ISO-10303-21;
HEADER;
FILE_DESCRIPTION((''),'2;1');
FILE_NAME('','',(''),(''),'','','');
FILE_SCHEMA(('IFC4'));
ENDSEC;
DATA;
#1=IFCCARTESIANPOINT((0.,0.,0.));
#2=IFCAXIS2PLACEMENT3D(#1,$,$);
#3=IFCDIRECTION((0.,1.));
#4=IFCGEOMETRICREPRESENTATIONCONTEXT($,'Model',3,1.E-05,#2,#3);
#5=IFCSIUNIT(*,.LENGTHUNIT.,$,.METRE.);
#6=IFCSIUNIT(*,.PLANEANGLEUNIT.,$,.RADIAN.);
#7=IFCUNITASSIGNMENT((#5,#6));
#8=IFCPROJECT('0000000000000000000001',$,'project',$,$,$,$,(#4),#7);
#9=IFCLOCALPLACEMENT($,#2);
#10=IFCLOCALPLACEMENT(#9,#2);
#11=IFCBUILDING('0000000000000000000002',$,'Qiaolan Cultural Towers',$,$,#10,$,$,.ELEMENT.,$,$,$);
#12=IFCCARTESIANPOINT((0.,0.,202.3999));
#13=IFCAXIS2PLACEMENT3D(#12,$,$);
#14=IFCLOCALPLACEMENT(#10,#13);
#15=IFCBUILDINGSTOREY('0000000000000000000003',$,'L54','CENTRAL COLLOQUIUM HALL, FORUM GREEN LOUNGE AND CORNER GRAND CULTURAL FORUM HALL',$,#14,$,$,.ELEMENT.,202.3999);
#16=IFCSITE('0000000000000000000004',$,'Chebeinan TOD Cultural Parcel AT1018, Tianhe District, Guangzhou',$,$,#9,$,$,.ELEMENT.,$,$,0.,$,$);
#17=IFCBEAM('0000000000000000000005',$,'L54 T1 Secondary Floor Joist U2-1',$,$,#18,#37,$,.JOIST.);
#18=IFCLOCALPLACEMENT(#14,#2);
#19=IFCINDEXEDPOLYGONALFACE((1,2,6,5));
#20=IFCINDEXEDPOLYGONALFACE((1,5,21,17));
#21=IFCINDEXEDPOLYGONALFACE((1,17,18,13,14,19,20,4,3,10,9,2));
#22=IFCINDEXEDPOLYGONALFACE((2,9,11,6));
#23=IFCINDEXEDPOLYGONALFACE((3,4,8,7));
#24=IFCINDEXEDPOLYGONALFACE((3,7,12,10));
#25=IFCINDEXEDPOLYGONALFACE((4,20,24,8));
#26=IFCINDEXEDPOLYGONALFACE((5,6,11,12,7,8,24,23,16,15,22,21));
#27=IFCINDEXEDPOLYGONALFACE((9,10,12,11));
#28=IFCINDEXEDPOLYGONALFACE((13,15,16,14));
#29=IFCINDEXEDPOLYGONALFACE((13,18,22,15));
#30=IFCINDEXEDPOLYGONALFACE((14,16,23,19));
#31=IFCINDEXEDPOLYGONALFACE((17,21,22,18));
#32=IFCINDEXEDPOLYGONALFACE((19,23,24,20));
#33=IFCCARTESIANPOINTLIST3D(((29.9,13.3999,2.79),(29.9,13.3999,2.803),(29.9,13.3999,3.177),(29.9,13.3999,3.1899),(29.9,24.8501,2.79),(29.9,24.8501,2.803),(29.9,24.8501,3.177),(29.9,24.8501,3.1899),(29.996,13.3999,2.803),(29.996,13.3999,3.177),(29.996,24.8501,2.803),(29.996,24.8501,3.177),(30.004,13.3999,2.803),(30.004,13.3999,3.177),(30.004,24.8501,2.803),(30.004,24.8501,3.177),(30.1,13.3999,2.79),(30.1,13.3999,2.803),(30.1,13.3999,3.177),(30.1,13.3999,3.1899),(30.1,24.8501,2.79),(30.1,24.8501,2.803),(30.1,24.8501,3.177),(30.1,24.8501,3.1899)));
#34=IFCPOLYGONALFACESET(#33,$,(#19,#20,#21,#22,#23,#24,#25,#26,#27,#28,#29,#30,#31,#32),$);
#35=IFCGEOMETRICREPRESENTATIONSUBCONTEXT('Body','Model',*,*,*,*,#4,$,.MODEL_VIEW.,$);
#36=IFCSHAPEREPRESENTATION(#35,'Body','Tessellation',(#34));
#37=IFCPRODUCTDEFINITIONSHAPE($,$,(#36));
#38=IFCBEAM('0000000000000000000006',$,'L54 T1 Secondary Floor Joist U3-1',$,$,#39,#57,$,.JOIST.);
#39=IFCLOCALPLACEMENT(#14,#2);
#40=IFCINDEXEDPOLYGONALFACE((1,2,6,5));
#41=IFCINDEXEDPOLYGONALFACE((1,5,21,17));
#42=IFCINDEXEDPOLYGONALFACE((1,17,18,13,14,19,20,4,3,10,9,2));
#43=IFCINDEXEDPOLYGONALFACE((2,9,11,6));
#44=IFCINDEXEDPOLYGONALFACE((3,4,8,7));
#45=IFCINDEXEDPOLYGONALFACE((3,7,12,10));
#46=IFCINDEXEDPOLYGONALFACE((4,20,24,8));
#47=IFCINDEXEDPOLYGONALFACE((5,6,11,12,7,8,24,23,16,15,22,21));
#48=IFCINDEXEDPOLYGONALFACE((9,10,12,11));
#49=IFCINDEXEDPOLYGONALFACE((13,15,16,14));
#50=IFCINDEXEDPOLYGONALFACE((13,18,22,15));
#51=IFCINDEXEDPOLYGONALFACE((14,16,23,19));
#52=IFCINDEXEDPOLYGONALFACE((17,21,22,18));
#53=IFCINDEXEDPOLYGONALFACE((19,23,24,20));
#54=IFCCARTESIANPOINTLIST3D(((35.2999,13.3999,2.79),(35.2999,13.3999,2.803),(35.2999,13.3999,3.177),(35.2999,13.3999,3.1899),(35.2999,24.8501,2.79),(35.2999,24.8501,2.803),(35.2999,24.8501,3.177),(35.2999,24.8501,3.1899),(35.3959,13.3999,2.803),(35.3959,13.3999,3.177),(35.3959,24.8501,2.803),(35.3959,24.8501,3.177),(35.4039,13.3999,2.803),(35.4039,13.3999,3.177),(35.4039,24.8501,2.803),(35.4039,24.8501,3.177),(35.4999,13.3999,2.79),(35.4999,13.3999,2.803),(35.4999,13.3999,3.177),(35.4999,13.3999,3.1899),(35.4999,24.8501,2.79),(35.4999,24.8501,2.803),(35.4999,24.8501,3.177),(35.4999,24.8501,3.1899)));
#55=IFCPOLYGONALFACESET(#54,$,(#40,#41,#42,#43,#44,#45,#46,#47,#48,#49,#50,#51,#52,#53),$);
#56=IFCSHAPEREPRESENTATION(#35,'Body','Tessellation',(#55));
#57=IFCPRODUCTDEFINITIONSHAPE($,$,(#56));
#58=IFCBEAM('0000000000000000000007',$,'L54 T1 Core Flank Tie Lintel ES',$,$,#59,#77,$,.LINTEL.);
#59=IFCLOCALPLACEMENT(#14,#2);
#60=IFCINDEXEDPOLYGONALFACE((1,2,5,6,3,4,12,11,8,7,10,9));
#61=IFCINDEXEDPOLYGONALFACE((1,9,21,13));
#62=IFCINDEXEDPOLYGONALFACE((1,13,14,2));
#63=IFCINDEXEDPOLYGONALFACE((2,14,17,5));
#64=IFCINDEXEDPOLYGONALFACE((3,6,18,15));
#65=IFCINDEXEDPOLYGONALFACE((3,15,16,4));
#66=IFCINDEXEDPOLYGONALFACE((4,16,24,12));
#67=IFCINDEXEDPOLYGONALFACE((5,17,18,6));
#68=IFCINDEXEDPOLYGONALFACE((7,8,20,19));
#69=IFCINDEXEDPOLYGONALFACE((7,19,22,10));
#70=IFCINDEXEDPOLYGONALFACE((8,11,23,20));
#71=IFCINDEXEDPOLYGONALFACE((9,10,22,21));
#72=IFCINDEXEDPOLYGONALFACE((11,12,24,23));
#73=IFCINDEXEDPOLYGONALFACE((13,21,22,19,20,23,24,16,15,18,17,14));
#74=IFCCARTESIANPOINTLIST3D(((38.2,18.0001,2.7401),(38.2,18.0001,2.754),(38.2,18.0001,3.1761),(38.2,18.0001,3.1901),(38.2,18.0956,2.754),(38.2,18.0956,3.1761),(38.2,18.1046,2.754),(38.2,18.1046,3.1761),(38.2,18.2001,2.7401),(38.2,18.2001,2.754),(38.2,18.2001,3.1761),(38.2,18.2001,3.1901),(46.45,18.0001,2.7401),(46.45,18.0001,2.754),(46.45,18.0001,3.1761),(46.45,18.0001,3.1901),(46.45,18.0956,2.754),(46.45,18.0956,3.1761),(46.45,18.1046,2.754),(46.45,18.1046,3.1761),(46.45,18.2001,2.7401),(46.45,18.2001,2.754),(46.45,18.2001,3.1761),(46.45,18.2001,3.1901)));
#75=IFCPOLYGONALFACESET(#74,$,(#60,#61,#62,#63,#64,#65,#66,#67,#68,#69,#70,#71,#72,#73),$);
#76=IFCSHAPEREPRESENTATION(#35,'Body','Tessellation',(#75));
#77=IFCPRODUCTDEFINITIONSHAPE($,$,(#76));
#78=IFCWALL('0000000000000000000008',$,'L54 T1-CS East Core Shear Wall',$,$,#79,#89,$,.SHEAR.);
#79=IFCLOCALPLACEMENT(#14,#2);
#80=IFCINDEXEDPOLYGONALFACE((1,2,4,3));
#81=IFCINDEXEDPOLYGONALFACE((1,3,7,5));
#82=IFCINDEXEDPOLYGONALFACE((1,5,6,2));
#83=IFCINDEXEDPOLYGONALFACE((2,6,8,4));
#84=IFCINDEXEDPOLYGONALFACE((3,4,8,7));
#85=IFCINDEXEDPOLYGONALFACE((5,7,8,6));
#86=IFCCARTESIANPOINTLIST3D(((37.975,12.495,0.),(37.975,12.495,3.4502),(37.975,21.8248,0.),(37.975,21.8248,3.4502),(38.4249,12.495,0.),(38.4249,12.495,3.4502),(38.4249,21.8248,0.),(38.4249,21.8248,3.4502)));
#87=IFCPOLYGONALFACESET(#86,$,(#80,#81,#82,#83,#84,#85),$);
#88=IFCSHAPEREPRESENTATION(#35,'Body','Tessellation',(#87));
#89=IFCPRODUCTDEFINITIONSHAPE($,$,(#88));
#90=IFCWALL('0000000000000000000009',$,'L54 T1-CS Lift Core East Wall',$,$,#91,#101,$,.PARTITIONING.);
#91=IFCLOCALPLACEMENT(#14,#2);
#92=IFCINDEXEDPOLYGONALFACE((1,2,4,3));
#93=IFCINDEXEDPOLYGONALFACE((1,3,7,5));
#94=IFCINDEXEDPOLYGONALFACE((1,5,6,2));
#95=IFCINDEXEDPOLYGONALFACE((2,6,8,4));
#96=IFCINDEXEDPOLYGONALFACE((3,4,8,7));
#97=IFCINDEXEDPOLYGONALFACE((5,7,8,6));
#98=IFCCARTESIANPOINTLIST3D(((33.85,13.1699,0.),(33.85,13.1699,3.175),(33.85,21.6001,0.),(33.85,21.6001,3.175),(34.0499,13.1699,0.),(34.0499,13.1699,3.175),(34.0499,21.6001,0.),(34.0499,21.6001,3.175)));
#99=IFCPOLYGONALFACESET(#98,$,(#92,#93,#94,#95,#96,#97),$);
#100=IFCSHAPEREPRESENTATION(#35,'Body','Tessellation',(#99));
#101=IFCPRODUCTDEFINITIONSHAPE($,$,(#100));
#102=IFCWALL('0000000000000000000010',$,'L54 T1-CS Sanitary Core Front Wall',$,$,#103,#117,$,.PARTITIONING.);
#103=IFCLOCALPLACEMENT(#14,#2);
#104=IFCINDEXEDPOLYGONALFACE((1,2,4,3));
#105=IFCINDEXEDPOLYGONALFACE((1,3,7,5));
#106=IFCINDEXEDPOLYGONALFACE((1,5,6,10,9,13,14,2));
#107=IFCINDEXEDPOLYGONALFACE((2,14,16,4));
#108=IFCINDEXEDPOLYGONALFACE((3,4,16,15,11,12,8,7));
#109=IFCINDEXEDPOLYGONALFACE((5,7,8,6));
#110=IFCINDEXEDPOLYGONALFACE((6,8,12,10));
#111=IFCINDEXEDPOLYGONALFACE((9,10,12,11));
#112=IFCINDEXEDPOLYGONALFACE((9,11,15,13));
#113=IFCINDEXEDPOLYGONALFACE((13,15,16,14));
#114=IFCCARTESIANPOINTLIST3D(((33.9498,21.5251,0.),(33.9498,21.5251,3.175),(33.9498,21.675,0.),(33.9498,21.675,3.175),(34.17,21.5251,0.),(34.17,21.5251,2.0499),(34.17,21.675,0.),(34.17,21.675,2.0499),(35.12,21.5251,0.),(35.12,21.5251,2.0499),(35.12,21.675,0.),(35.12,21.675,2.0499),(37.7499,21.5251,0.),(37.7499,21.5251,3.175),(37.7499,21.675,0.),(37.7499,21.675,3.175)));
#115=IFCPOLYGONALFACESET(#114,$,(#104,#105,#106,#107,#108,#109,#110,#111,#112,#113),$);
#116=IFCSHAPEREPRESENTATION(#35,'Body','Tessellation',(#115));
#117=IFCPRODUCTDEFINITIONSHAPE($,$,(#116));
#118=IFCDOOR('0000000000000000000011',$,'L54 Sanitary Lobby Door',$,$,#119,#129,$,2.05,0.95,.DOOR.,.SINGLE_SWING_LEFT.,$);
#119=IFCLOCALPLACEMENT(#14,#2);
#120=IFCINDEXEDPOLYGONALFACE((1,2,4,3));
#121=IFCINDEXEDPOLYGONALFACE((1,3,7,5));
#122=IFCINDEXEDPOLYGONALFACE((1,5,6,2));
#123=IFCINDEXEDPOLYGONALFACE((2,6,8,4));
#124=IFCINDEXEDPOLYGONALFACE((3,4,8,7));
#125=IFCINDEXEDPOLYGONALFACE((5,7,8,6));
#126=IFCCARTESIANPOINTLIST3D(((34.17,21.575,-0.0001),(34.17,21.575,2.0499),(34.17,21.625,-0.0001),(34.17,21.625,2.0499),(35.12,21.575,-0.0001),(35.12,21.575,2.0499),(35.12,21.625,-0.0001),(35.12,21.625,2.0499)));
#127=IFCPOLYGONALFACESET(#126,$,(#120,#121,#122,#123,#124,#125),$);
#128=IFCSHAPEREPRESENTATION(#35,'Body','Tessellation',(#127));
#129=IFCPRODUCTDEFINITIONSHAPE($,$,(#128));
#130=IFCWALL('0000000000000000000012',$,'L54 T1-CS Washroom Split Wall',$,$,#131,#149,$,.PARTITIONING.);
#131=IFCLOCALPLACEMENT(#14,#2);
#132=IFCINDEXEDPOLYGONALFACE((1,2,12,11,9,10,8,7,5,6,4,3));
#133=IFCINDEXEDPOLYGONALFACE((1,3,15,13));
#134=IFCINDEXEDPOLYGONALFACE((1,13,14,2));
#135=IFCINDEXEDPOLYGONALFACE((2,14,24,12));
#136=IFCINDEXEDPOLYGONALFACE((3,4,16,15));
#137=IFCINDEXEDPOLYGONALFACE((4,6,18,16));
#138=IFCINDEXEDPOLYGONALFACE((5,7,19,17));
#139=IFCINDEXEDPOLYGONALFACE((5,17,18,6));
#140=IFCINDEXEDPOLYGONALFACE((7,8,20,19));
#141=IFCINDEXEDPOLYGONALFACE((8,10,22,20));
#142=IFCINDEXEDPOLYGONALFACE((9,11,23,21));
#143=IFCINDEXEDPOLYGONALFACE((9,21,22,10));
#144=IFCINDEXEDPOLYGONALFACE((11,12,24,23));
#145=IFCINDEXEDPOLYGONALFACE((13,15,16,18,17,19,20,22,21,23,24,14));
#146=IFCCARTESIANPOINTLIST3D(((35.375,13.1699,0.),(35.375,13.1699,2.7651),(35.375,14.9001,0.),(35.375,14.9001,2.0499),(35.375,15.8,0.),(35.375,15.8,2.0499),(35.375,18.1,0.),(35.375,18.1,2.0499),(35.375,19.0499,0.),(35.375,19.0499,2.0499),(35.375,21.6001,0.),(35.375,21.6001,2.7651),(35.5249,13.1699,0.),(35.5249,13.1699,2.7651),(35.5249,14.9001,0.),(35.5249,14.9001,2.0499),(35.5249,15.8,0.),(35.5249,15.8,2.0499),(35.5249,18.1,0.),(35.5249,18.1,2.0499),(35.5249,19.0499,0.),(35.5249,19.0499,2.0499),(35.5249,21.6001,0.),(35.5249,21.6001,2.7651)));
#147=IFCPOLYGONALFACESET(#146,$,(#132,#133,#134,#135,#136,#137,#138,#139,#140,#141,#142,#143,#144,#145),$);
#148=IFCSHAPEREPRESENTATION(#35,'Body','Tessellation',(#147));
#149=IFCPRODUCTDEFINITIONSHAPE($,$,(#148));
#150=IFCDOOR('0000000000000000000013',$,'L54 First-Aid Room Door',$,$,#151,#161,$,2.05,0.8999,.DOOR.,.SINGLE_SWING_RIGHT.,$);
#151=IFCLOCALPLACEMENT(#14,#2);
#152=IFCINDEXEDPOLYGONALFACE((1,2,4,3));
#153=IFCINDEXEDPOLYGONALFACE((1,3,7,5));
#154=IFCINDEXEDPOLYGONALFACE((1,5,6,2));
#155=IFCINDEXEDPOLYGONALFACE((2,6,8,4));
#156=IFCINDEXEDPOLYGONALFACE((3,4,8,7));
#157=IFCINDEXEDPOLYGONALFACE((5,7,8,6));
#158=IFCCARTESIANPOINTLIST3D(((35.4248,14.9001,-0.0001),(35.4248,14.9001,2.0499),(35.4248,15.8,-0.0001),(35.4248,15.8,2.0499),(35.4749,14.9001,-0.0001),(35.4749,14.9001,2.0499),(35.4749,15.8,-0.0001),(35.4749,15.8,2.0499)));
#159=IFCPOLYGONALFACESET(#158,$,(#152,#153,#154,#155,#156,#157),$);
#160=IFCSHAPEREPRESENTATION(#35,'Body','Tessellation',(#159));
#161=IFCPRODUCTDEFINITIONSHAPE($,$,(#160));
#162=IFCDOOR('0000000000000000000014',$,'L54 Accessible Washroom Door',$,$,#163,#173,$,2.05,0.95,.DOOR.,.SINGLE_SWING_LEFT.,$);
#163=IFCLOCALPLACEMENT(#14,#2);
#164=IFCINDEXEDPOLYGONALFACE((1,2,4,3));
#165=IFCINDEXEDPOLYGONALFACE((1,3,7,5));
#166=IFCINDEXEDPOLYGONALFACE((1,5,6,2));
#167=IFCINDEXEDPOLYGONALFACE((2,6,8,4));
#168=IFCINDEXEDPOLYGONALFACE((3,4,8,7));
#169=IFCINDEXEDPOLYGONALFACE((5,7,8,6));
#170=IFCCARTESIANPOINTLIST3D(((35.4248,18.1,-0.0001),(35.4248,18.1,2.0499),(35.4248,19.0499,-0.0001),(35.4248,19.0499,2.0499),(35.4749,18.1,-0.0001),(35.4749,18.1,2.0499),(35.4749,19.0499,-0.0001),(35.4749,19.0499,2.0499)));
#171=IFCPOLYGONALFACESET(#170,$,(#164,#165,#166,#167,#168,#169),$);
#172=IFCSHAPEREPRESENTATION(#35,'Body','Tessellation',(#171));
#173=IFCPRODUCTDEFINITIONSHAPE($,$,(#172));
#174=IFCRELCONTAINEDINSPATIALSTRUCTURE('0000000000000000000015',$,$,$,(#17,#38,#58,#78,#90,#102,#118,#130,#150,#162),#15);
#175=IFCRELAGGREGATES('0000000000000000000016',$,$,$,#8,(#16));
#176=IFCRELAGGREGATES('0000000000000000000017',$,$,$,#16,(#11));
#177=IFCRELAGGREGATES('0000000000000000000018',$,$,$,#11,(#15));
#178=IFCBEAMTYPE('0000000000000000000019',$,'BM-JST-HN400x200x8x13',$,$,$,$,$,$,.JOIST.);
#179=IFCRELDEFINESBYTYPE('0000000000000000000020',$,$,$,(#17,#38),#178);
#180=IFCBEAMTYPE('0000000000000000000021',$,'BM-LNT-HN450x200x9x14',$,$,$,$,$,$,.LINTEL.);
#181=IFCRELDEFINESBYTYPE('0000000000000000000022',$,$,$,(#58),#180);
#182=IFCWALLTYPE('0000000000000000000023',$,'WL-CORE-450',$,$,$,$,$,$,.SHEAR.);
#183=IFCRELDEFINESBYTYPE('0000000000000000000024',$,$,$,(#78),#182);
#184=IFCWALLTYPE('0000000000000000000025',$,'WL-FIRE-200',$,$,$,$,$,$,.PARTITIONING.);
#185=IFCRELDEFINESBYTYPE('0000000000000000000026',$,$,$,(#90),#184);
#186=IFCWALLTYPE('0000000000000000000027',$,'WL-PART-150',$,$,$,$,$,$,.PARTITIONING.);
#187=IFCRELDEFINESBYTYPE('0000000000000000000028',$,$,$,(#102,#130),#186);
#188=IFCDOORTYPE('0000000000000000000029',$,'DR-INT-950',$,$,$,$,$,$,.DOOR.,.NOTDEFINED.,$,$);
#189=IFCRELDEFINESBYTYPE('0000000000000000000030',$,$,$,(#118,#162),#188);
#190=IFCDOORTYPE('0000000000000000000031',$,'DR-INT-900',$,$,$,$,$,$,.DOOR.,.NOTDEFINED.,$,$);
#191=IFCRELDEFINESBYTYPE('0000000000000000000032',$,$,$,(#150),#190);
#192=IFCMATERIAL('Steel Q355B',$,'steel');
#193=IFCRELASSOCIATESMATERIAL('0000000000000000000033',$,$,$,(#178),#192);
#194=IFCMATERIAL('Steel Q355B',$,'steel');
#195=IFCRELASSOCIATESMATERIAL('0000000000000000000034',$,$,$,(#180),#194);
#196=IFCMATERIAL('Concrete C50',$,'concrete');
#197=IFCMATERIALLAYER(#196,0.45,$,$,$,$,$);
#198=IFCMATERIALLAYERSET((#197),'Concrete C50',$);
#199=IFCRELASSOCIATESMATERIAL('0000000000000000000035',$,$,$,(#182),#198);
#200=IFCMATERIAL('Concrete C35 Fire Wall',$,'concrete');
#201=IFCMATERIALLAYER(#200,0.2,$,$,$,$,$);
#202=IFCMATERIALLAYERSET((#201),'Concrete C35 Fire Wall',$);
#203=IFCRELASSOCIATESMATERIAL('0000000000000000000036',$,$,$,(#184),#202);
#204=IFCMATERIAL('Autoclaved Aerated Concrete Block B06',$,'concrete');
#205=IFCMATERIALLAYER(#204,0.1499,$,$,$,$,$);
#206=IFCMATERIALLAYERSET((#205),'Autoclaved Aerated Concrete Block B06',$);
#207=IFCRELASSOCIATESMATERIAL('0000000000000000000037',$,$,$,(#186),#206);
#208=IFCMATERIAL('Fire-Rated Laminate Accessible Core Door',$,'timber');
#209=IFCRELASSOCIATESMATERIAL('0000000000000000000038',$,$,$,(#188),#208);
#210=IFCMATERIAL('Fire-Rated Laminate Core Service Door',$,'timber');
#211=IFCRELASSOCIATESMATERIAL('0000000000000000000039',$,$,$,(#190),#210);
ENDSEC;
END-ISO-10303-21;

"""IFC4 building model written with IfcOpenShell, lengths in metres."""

from ifc_helpers import new_model, si_unit, direction, frame, frame_2d, origin, origin_2d, place, context, subcontext, project, spatial, rectangle, i_section, extrude, material, layer, layer_set, material_profile, profile_set, type_object, element, fill, save


model = new_model("IFC4")

# Units and contexts
model_context = context("Model", 3, precision=1e-05, world=origin(), true_north=direction((0.0, 1.0)))
body_context = subcontext(model_context, "Body", "Model", "MODEL_VIEW")
ifc_project = project(units=[si_unit("LENGTHUNIT", "METRE"), si_unit("PLANEANGLEUNIT", "RADIAN")], contexts=[model_context])

# Site, building, storey
site_placement = place(None, origin())
site = spatial("IfcSite", under=ifc_project, at=site_placement, Name="Chebeinan TOD Cultural Parcel AT1018, Tianhe District, Guangzhou", CompositionType="ELEMENT", RefElevation=0.0)
building_placement = place(site_placement, origin())
building = spatial("IfcBuilding", under=site, at=building_placement, Name="Qiaolan Cultural Towers", CompositionType="ELEMENT")
storey_placement = place(building_placement, frame((0.0, 0.0, 202.3999)))
storey = spatial("IfcBuildingStorey", under=building, at=storey_placement, Name="L54", Description="CENTRAL COLLOQUIUM HALL, FORUM GREEN LOUNGE AND CORNER GRAND CULTURAL FORUM HALL", CompositionType="ELEMENT", Elevation=202.3999)

# Beams
ifc_material_1 = material(Name="Steel Q355B", Category="steel")
ifc_material_profile_1 = material_profile(ifc_material_1, i_section(OverallWidth=0.2, OverallDepth=0.3999, WebThickness=0.0081, FlangeThickness=0.0129, at=origin_2d()), Name="HN400x200x8x13")
ifc_profile_set_1 = profile_set([ifc_material_profile_1], Name="Steel Q355B")
beam_type_1 = type_object("IfcBeamType", Name="BM-JST-HN400x200x8x13", PredefinedType="JOIST", material=ifc_profile_set_1)
for number, where, z_axis, x_axis, name in (
    (1, (30.0, 13.3999, 2.99), (0.0, 1.0, 0.0), (-1.0, 0.0, 0.0), "L54 T1 Secondary Floor Joist U2-1"),
    (2, (35.3999, 13.3999, 2.99), (0.0, 1.0, 0.0), (-1.0, 0.0, 0.0), "L54 T1 Secondary Floor Joist U3-1"),
):
    element("IfcBeam", number, at=place(storey_placement, frame(where, z_axis=z_axis, x_axis=x_axis)), inside=storey, type_object=beam_type_1, Name=name, PredefinedType="JOIST", context=body_context, shape_type="SweptSolid", body=[
        extrude(i_section(OverallWidth=0.2, OverallDepth=0.3999, WebThickness=0.0081, FlangeThickness=0.0129, at=origin_2d()), origin(), (0.0, 0.0, 1.0), 11.4502),
    ])
ifc_material_2 = material(Name="Steel Q355B", Category="steel")
ifc_material_profile_2 = material_profile(ifc_material_2, i_section(OverallWidth=0.2, OverallDepth=0.45, WebThickness=0.009, FlangeThickness=0.0139, at=origin_2d()), Name="HN450x200x9x14")
ifc_profile_set_2 = profile_set([ifc_material_profile_2], Name="Steel Q355B")
beam_type_2 = type_object("IfcBeamType", Name="BM-LNT-HN450x200x9x14", PredefinedType="LINTEL", material=ifc_profile_set_2)
beam_placement = place(storey_placement, frame((38.2, 18.1001, 2.9651), z_axis=(1.0, 0.0, 0.0), x_axis=(0.0, 1.0, 0.0)))
element("IfcBeam", 3, at=beam_placement, inside=storey, type_object=beam_type_2, Name="L54 T1 Core Flank Tie Lintel ES", PredefinedType="LINTEL", context=body_context, shape_type="SweptSolid", body=[
    extrude(i_section(OverallWidth=0.2, OverallDepth=0.45, WebThickness=0.009, FlangeThickness=0.0139, at=origin_2d()), origin(), (0.0, 0.0, 1.0), 8.25),
])

# Walls
ifc_material_3 = material(Name="Concrete C50", Category="concrete")
ifc_layer_1 = layer(ifc_material_3, 0.45)
ifc_layer_set_1 = layer_set([ifc_layer_1], Name="Concrete C50")
wall_type_1 = type_object("IfcWallType", Name="WL-CORE-450", PredefinedType="SHEAR", material=ifc_layer_set_1)
wall_1_placement = place(storey_placement, frame((38.2, 21.825, 0.0), z_axis=(0.0, 0.0, 1.0), x_axis=(0.0, -1.0, 0.0)))
element("IfcWall", 4, at=wall_1_placement, inside=storey, type_object=wall_type_1, Name="L54 T1-CS East Core Shear Wall", PredefinedType="SHEAR", context=body_context, shape_type="SweptSolid", body=[
    extrude(rectangle(XDim=9.3298, YDim=0.45, at=frame_2d((4.665, 0.0))), origin(), (0.0, 0.0, 1.0), 3.4502),
])
ifc_material_4 = material(Name="Concrete C35 Fire Wall", Category="concrete")
ifc_layer_2 = layer(ifc_material_4, 0.2)
ifc_layer_set_2 = layer_set([ifc_layer_2], Name="Concrete C35 Fire Wall")
wall_type_2 = type_object("IfcWallType", Name="WL-FIRE-200", PredefinedType="PARTITIONING", material=ifc_layer_set_2)
wall_2_placement = place(storey_placement, frame((33.95, 21.6001, 0.0), z_axis=(0.0, 0.0, 1.0), x_axis=(0.0, -1.0, 0.0)))
element("IfcWall", 5, at=wall_2_placement, inside=storey, type_object=wall_type_2, Name="L54 T1-CS Lift Core East Wall", PredefinedType="PARTITIONING", context=body_context, shape_type="SweptSolid", body=[
    extrude(rectangle(XDim=8.4302, YDim=0.2, at=frame_2d((4.2151, 0.0))), origin(), (0.0, 0.0, 1.0), 3.175),
])

# Wall, opening, door
ifc_material_5 = material(Name="Autoclaved Aerated Concrete Block B06", Category="concrete")
ifc_layer_3 = layer(ifc_material_5, 0.1499)
ifc_layer_set_3 = layer_set([ifc_layer_3], Name="Autoclaved Aerated Concrete Block B06")
wall_type_3 = type_object("IfcWallType", Name="WL-PART-150", PredefinedType="PARTITIONING", material=ifc_layer_set_3)
wall_3_placement = place(storey_placement, frame((33.95, 21.6001, 0.0), z_axis=(0.0, 0.0, 1.0), x_axis=(1.0, 0.0, 0.0)))
wall_3 = element("IfcWall", 6, at=wall_3_placement, inside=storey, type_object=wall_type_3, Name="L54 T1-CS Sanitary Core Front Wall", PredefinedType="PARTITIONING", context=body_context, shape_type="SweptSolid", body=[
    extrude(rectangle(XDim=3.8, YDim=0.1499, at=frame_2d((1.8999, 0.0))), origin(), (0.0, 0.0, 1.0), 3.175),
])
opening_1_placement = place(wall_3_placement, frame((0.22, 0.0, 0.0)))
opening_1 = element("IfcOpeningElement", 7, at=opening_1_placement, cuts=wall_3, PredefinedType="OPENING", context=body_context, shape_type="SweptSolid", body=[
    extrude(rectangle(XDim=0.95, YDim=2.05, at=frame_2d((0.4751, 1.0249))), frame((0.0, 0.085, 0.0), z_axis=(0.0, -1.0, 0.0), x_axis=(1.0, 0.0, 0.0)), (0.0, 0.0, 1.0), 0.1699),
])
ifc_material_6 = material(Name="Fire-Rated Laminate Accessible Core Door", Category="timber")
door_type_1 = type_object("IfcDoorType", Name="DR-INT-950", OperationType="NOTDEFINED", PredefinedType="DOOR", material=ifc_material_6)
door_1_placement = place(opening_1_placement, origin())
door_1 = element("IfcDoor", 8, at=door_1_placement, inside=storey, type_object=door_type_1, Name="L54 Sanitary Lobby Door", OperationType="SINGLE_SWING_LEFT", OverallHeight=2.05, OverallWidth=0.95, PredefinedType="DOOR", context=body_context, shape_type="SweptSolid", body=[
    extrude(rectangle(XDim=0.95, YDim=2.05, at=frame_2d((0.4751, 1.0249))), frame((0.0, 0.0249, 0.0), z_axis=(0.0, -1.0, 0.0), x_axis=(1.0, 0.0, 0.0)), (0.0, 0.0, 1.0), 0.05),
])
fill(opening_1, door_1)

# Wall, openings, doors
wall_4_placement = place(storey_placement, frame((35.45, 21.6001, 0.0), z_axis=(0.0, 0.0, 1.0), x_axis=(0.0, -1.0, 0.0)))
wall_4 = element("IfcWall", 9, at=wall_4_placement, inside=storey, type_object=wall_type_3, Name="L54 T1-CS Washroom Split Wall", PredefinedType="PARTITIONING", context=body_context, shape_type="SweptSolid", body=[
    extrude(rectangle(XDim=8.4302, YDim=0.1499, at=frame_2d((4.2151, 0.0))), origin(), (0.0, 0.0, 1.0), 2.7651),
])
opening_2_placement = place(wall_4_placement, frame((2.55, 0.0, 0.0)))
opening_2 = element("IfcOpeningElement", 10, at=opening_2_placement, cuts=wall_4, PredefinedType="OPENING", context=body_context, shape_type="SweptSolid", body=[
    extrude(rectangle(XDim=0.95, YDim=2.05, at=frame_2d((0.4751, 1.0249))), frame((0.0, 0.085, 0.0), z_axis=(0.0, -1.0, 0.0), x_axis=(1.0, 0.0, 0.0)), (0.0, 0.0, 1.0), 0.1699),
])
opening_3_placement = place(wall_4_placement, frame((5.8, 0.0, 0.0)))
opening_3 = element("IfcOpeningElement", 11, at=opening_3_placement, cuts=wall_4, PredefinedType="OPENING", context=body_context, shape_type="SweptSolid", body=[
    extrude(rectangle(XDim=0.8999, YDim=2.05, at=frame_2d((0.45, 1.0249))), frame((0.0, 0.085, 0.0), z_axis=(0.0, -1.0, 0.0), x_axis=(1.0, 0.0, 0.0)), (0.0, 0.0, 1.0), 0.1699),
])
ifc_material_7 = material(Name="Fire-Rated Laminate Core Service Door", Category="timber")
door_type_2 = type_object("IfcDoorType", Name="DR-INT-900", OperationType="NOTDEFINED", PredefinedType="DOOR", material=ifc_material_7)
door_2_placement = place(opening_3_placement, origin())
door_2 = element("IfcDoor", 12, at=door_2_placement, inside=storey, type_object=door_type_2, Name="L54 First-Aid Room Door", OperationType="SINGLE_SWING_RIGHT", OverallHeight=2.05, OverallWidth=0.8999, PredefinedType="DOOR", context=body_context, shape_type="SweptSolid", body=[
    extrude(rectangle(XDim=0.8999, YDim=2.05, at=frame_2d((0.45, 1.0249))), frame((0.0, 0.0249, 0.0), z_axis=(0.0, -1.0, 0.0), x_axis=(1.0, 0.0, 0.0)), (0.0, 0.0, 1.0), 0.05),
])
fill(opening_3, door_2)
door_3_placement = place(opening_2_placement, origin())
door_3 = element("IfcDoor", 13, at=door_3_placement, inside=storey, type_object=door_type_1, Name="L54 Accessible Washroom Door", OperationType="SINGLE_SWING_LEFT", OverallHeight=2.05, OverallWidth=0.95, PredefinedType="DOOR", context=body_context, shape_type="SweptSolid", body=[
    extrude(rectangle(XDim=0.95, YDim=2.05, at=frame_2d((0.4751, 1.0249))), frame((0.0, 0.0249, 0.0), z_axis=(0.0, -1.0, 0.0), x_axis=(1.0, 0.0, 0.0)), (0.0, 0.0, 1.0), 0.05),
])
fill(opening_2, door_3)

save(model, "model.ifc")
